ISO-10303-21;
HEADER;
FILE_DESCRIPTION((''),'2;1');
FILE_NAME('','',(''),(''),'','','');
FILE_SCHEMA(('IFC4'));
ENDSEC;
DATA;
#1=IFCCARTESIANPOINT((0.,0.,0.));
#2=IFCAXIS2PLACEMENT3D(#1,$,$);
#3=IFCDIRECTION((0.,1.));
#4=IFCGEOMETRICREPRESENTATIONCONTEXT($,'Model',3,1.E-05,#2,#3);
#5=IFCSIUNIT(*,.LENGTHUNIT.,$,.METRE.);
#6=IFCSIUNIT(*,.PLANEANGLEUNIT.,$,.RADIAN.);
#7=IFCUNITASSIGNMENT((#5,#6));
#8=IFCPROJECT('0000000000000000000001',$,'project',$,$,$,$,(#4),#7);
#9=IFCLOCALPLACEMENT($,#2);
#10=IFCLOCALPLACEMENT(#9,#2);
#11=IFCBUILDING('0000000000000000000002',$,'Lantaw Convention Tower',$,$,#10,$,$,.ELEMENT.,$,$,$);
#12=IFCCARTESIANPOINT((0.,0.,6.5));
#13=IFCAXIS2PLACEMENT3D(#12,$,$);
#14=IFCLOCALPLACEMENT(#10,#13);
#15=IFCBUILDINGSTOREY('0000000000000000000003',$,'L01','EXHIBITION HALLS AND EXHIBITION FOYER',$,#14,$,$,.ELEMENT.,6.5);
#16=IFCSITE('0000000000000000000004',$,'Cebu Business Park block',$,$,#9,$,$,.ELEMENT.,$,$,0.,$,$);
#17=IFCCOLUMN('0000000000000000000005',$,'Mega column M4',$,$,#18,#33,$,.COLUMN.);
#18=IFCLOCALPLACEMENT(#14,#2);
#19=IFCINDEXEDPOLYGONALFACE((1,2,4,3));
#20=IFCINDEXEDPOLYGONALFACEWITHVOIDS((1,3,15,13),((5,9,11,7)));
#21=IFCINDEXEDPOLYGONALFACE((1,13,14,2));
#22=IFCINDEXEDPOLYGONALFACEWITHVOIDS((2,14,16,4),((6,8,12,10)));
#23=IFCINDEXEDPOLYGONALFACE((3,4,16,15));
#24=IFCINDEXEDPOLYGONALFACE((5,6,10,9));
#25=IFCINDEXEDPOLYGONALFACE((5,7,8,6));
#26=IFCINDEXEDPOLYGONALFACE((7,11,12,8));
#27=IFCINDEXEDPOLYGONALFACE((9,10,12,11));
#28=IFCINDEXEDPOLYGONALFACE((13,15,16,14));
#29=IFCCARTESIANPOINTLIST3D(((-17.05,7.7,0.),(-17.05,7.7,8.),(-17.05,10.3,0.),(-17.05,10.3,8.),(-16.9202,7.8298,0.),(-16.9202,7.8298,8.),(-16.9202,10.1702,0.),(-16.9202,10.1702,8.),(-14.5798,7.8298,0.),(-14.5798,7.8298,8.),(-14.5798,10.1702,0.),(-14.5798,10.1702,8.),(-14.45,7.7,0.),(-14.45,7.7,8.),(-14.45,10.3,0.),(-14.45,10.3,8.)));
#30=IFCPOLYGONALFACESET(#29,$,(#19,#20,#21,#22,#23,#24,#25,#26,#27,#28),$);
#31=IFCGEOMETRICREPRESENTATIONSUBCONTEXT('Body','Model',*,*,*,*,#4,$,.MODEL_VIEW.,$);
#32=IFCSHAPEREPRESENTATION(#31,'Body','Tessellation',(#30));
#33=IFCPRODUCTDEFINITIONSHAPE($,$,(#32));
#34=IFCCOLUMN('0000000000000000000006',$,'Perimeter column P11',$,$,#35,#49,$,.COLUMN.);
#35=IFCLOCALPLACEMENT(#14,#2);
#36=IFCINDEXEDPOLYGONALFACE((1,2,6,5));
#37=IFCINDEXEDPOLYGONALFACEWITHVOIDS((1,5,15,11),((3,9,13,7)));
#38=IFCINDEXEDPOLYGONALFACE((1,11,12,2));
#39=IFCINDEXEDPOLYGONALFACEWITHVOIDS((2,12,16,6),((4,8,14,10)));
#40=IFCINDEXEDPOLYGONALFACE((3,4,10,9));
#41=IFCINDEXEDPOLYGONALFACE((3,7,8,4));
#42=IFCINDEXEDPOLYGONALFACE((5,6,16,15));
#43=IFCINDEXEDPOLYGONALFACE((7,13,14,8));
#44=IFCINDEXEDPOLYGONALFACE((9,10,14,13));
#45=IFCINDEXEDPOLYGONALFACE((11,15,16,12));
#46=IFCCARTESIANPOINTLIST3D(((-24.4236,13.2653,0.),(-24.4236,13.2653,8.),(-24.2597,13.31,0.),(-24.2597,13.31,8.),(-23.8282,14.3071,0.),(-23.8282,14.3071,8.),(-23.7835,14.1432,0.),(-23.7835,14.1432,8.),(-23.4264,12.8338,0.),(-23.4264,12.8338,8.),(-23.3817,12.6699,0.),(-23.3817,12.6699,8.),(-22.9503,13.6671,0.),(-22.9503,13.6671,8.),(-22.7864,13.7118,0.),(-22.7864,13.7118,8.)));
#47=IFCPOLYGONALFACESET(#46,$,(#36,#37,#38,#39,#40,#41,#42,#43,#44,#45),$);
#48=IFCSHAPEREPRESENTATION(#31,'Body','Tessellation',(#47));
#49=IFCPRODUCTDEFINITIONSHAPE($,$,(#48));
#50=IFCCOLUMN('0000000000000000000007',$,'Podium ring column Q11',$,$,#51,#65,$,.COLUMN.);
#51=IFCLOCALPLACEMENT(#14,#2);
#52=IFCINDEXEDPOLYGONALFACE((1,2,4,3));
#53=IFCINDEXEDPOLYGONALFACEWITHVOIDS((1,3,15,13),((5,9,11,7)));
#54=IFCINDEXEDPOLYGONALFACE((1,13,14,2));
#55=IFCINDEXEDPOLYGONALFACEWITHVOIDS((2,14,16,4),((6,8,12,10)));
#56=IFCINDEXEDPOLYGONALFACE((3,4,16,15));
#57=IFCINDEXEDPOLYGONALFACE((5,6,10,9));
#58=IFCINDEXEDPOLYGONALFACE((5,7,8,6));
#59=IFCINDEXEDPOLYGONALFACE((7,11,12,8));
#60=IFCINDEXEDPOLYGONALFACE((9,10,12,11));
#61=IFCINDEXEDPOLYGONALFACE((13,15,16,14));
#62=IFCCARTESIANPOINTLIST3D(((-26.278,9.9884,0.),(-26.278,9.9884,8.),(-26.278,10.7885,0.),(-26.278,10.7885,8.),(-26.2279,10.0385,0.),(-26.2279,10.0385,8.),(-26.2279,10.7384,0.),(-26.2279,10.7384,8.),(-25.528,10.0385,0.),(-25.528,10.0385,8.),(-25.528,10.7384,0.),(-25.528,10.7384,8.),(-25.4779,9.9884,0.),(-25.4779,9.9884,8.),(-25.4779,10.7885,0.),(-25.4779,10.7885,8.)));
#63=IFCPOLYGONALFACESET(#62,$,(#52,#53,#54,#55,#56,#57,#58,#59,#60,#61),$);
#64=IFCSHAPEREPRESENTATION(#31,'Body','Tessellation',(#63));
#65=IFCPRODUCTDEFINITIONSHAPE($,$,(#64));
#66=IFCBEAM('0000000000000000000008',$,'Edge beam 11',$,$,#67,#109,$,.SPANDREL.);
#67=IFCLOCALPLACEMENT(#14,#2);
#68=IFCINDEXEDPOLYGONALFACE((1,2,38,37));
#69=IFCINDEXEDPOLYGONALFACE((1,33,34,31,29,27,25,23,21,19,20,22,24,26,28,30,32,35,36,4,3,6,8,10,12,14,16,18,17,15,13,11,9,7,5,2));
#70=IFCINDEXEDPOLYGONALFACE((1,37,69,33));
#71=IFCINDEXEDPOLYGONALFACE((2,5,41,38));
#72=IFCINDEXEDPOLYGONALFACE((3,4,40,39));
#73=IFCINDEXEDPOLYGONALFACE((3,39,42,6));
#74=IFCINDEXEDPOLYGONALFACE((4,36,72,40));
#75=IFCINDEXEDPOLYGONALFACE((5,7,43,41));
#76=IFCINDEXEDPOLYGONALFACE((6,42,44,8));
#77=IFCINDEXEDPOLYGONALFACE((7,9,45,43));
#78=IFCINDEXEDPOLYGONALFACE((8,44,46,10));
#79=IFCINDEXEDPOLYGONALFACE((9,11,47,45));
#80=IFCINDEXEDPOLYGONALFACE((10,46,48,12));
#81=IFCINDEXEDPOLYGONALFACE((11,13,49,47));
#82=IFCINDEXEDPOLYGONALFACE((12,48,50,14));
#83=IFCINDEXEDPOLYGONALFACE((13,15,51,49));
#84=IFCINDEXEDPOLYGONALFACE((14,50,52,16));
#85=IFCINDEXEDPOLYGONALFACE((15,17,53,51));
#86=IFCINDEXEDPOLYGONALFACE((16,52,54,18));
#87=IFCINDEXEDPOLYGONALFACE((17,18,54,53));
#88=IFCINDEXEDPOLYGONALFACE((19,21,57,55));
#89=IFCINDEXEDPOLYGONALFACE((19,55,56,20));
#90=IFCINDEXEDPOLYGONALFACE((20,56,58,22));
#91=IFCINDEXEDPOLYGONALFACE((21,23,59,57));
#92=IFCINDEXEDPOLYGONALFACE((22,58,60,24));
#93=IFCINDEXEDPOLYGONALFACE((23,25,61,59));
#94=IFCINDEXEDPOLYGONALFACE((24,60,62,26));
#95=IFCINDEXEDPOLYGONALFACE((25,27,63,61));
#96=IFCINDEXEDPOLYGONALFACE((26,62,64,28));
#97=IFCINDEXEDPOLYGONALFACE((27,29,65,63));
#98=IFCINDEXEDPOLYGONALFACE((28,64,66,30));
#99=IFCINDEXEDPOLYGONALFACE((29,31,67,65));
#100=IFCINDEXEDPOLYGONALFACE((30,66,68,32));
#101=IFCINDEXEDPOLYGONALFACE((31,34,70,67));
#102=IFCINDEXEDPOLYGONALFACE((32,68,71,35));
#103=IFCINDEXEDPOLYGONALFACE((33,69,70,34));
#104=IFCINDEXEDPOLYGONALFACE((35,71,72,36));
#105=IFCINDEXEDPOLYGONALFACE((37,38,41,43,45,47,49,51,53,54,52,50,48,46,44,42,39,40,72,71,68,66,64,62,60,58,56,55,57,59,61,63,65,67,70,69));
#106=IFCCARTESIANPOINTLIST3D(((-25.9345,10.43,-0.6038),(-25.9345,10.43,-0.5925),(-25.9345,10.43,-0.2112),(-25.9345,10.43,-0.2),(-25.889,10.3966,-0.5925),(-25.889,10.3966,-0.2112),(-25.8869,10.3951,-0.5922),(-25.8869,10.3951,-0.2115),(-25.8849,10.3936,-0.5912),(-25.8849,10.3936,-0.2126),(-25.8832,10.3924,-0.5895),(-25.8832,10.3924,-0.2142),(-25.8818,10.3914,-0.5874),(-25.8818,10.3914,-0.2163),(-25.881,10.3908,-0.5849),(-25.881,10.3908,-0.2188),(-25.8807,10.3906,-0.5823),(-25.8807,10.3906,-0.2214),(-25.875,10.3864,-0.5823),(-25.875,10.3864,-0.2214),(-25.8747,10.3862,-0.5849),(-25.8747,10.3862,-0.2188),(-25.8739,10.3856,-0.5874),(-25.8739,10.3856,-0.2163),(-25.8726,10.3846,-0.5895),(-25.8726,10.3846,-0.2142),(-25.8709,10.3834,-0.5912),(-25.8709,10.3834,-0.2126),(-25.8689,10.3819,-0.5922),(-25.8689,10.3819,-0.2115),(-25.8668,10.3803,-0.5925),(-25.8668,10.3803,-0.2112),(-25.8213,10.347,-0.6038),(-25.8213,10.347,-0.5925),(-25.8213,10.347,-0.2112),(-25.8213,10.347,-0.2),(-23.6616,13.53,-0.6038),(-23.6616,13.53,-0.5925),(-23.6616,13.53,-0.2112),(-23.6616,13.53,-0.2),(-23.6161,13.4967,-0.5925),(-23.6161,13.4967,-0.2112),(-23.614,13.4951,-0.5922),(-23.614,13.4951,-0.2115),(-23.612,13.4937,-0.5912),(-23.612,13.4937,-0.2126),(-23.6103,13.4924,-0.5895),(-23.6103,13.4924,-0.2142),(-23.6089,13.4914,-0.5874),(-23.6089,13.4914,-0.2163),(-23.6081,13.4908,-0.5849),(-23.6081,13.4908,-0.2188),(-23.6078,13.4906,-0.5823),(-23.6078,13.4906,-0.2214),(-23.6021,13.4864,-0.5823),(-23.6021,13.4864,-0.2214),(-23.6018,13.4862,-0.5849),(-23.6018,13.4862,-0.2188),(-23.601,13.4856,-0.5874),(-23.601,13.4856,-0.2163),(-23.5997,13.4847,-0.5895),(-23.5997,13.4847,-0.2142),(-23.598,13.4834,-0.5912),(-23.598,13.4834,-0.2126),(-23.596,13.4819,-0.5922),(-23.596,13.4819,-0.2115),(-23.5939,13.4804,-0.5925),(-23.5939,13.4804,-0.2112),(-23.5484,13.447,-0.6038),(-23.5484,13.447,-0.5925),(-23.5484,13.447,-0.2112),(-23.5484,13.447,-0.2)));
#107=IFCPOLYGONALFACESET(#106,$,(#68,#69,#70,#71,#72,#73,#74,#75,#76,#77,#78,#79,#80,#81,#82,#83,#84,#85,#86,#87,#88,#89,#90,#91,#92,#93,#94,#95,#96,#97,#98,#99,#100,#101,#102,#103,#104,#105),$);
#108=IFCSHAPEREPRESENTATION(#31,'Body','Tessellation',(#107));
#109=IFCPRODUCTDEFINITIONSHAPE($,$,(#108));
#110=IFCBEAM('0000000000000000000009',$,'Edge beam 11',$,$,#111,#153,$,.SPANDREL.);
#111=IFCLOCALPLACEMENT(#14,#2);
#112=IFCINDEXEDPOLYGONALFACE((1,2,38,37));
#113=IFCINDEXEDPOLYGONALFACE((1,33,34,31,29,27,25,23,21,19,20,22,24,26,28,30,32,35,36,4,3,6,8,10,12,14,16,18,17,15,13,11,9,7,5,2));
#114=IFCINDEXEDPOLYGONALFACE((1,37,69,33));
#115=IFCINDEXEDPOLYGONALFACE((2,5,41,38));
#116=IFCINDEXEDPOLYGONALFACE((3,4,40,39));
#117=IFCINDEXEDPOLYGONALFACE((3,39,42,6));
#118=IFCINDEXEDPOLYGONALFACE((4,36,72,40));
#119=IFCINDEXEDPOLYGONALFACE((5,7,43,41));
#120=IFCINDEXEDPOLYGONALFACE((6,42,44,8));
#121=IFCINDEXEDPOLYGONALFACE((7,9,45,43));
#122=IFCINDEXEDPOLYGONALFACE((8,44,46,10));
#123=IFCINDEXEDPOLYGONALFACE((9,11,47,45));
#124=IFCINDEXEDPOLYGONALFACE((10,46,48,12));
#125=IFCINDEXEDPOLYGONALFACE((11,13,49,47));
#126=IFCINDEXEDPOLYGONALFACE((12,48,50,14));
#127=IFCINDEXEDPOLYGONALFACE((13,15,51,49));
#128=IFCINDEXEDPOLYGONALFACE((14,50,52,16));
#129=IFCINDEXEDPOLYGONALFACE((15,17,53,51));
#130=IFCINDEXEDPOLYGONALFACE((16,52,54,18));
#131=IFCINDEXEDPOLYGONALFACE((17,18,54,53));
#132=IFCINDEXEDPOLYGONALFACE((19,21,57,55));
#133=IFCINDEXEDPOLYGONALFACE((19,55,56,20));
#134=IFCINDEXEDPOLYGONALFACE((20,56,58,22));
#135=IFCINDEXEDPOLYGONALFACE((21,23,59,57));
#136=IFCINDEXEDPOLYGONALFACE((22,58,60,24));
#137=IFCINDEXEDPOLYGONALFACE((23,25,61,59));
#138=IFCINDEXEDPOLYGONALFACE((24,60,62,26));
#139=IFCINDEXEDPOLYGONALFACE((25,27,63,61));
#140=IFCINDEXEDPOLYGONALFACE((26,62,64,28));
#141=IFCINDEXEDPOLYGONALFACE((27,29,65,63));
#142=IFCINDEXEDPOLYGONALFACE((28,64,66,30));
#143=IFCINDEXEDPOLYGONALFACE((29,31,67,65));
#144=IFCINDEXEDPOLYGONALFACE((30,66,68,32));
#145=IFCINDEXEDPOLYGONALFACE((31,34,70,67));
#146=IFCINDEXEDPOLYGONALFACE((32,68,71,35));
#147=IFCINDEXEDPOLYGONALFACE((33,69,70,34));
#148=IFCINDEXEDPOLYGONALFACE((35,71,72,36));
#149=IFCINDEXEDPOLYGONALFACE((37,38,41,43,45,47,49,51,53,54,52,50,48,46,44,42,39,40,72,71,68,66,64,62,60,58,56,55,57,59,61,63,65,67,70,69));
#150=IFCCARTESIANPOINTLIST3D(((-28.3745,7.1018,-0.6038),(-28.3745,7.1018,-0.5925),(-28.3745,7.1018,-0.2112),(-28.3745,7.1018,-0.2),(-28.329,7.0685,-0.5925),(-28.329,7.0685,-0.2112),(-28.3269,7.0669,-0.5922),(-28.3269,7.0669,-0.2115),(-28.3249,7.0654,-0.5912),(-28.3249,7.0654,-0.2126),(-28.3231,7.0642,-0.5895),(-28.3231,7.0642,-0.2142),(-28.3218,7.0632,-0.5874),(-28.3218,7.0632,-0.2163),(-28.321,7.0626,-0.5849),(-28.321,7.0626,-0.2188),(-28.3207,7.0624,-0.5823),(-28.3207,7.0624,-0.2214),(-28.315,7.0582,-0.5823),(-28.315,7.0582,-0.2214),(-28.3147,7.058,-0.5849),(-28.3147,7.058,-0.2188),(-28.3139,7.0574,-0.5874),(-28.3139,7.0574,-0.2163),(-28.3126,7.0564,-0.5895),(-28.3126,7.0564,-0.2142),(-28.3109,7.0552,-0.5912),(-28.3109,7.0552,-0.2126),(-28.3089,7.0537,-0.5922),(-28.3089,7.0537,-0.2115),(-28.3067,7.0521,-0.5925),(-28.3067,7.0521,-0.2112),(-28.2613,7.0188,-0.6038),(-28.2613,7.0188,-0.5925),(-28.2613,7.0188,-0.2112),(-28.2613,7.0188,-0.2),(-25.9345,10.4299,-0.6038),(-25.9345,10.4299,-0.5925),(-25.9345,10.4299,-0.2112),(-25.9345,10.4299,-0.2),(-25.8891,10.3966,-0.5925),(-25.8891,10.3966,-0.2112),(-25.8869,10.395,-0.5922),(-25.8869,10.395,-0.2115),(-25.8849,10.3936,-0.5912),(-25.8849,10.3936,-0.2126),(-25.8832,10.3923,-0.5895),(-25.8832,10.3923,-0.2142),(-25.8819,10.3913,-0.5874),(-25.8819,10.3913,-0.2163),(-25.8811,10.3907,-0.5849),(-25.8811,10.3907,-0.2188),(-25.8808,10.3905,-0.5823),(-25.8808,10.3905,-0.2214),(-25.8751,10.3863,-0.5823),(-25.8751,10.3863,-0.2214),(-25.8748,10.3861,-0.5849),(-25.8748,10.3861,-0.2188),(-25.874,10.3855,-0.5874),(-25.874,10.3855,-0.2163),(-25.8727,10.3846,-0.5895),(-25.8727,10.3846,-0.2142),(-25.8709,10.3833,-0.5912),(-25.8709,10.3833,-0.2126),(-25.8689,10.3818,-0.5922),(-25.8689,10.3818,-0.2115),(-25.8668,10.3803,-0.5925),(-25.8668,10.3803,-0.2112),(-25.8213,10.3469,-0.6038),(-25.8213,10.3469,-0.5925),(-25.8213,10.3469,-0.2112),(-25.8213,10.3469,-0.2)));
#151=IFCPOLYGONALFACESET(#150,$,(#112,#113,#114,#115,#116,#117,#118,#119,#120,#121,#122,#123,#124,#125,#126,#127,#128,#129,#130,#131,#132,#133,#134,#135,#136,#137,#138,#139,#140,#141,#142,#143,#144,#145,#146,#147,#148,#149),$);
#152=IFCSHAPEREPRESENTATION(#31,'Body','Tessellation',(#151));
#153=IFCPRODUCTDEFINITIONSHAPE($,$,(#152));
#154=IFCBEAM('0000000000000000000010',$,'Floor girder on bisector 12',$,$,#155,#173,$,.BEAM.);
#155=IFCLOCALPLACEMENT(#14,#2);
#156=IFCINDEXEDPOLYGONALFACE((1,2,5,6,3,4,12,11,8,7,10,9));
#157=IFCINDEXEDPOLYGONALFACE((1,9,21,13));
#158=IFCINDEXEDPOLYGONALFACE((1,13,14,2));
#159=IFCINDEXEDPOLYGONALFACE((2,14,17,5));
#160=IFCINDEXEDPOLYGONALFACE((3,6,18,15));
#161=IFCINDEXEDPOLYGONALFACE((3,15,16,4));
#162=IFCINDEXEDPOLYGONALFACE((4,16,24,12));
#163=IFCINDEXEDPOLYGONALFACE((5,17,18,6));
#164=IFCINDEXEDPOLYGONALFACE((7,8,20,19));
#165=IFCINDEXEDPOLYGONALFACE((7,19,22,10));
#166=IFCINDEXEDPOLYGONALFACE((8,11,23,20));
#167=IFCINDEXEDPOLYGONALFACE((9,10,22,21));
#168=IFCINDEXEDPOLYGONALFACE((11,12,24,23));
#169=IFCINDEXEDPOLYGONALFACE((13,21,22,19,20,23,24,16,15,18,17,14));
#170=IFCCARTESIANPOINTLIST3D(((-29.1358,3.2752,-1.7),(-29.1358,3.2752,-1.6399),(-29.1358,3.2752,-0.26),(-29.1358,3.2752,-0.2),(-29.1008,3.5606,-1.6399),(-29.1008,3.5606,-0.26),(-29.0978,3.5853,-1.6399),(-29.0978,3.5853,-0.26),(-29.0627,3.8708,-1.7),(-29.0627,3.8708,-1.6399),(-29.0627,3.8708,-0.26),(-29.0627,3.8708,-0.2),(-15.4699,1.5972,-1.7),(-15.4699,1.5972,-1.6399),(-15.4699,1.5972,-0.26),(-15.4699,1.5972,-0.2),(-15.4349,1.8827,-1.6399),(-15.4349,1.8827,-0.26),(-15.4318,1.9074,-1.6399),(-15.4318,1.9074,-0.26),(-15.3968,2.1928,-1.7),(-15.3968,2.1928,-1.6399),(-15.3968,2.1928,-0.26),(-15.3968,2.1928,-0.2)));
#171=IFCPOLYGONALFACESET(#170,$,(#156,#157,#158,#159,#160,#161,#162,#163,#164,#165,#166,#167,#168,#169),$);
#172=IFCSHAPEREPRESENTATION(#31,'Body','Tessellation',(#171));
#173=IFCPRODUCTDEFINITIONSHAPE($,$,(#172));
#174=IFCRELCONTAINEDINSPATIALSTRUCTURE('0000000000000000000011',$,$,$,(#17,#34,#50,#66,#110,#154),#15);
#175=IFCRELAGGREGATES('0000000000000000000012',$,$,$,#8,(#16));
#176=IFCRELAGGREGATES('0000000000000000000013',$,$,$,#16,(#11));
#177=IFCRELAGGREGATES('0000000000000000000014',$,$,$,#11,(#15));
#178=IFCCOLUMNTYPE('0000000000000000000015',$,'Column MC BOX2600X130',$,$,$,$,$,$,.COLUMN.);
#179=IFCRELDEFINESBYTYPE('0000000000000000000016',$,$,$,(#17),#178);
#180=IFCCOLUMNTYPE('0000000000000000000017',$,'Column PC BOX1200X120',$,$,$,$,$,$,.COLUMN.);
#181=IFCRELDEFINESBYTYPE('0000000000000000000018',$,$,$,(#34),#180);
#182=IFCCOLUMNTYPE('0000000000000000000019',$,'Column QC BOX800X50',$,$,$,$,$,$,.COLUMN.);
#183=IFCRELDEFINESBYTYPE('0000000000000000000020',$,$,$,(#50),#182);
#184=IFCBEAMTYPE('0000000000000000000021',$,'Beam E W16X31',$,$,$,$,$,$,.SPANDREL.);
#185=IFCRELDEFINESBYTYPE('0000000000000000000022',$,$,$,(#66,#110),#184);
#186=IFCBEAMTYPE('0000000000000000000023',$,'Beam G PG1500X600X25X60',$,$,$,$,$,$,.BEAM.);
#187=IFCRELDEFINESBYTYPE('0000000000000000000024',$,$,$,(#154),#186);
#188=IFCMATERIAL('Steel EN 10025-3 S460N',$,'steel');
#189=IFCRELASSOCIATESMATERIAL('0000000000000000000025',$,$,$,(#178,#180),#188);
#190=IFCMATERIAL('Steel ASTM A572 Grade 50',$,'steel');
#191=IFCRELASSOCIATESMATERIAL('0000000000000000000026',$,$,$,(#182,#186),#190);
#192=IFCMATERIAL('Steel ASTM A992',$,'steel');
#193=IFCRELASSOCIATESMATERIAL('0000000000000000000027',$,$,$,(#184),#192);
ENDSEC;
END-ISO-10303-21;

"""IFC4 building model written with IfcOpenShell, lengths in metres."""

from ifc_helpers import new_model, si_unit, direction, frame, origin, origin_2d, place, context, subcontext, project, spatial, rectangle, hollow_rectangle, i_section, extrude, material, material_profile, profile_set, type_object, element, save


model = new_model("IFC4")

# Units and contexts
model_context = context("Model", 3, precision=1e-05, world=origin(), true_north=direction((0.0, 1.0)))
body_context = subcontext(model_context, "Body", "Model", "MODEL_VIEW")
ifc_project = project(units=[si_unit("LENGTHUNIT", "METRE"), si_unit("PLANEANGLEUNIT", "RADIAN")], contexts=[model_context])

# Site, building, storey
site_placement = place(None, origin())
site = spatial("IfcSite", under=ifc_project, at=site_placement, Name="Cebu Business Park block", CompositionType="ELEMENT", RefElevation=0.0)
building_placement = place(site_placement, origin())
building = spatial("IfcBuilding", under=site, at=building_placement, Name="Lantaw Convention Tower", CompositionType="ELEMENT")
storey_placement = place(building_placement, frame((0.0, 0.0, 6.5)))
storey = spatial("IfcBuildingStorey", under=building, at=storey_placement, Name="L01", Description="EXHIBITION HALLS AND EXHIBITION FOYER", CompositionType="ELEMENT", Elevation=6.5)

# Columns
ifc_material_1 = material(Name="Steel EN 10025-3 S460N", Category="steel")
ifc_material_profile_1 = material_profile(ifc_material_1, hollow_rectangle(XDim=2.6001, YDim=2.6001, WallThickness=0.1299, at=origin_2d()), Name="BOX2600X130")
ifc_material_2 = material(Name="Concrete C60/75", Category="concrete")
ifc_material_profile_2 = material_profile(ifc_material_2, rectangle(XDim=2.3401, YDim=2.3401, at=origin_2d()), Name="Concrete fill of BOX2600X130")
ifc_profile_set_1 = profile_set([ifc_material_profile_1, ifc_material_profile_2], Name="Steel EN 10025-3 S460N")
column_type_1 = type_object("IfcColumnType", Name="Column MC BOX2600X130", PredefinedType="COLUMN", material=ifc_profile_set_1)
column_1_placement = place(storey_placement, frame((-15.75, 9.0, 0.0), z_axis=(0.0, 0.0, 1.0), x_axis=(1.0, 0.0, 0.0)))
element("IfcColumn", 1, at=column_1_placement, inside=storey, type_object=column_type_1, Name="Mega column M4", PredefinedType="COLUMN", context=body_context, shape_type="SweptSolid", body=[
    extrude(hollow_rectangle(XDim=2.6001, YDim=2.6001, WallThickness=0.1299, at=origin_2d()), origin(), (0.0, 0.0, 1.0), 8.0),
])
ifc_material_profile_3 = material_profile(ifc_material_1, hollow_rectangle(XDim=1.2, YDim=1.2, WallThickness=0.1201, at=origin_2d()), Name="BOX1200X120")
ifc_material_profile_4 = material_profile(ifc_material_2, rectangle(XDim=0.96, YDim=0.96, at=origin_2d()), Name="Concrete fill of BOX1200X120")
ifc_profile_set_2 = profile_set([ifc_material_profile_3, ifc_material_profile_4], Name="Steel EN 10025-3 S460N")
column_type_2 = type_object("IfcColumnType", Name="Column PC BOX1200X120", PredefinedType="COLUMN", material=ifc_profile_set_2)
column_2_placement = place(storey_placement, frame((-23.605, 13.4885, 0.0), z_axis=(0.0, 0.0, 1.0), x_axis=(0.496139, 0.868243, 0.0)))
element("IfcColumn", 2, at=column_2_placement, inside=storey, type_object=column_type_2, Name="Perimeter column P11", PredefinedType="COLUMN", context=body_context, shape_type="SweptSolid", body=[
    extrude(hollow_rectangle(XDim=1.2, YDim=1.2, WallThickness=0.1201, at=origin_2d()), origin(), (0.0, 0.0, 1.0), 8.0),
])
ifc_material_3 = material(Name="Steel ASTM A572 Grade 50", Category="steel")
ifc_material_profile_5 = material_profile(ifc_material_3, hollow_rectangle(XDim=0.8, YDim=0.8, WallThickness=0.05, at=origin_2d()), Name="BOX800X50")
ifc_profile_set_3 = profile_set([ifc_material_profile_5], Name="Steel ASTM A572 Grade 50")
column_type_3 = type_object("IfcColumnType", Name="Column QC BOX800X50", PredefinedType="COLUMN", material=ifc_profile_set_3)
column_3_placement = place(storey_placement, frame((-25.8779, 10.3884, 0.0), z_axis=(0.0, 0.0, 1.0), x_axis=(1.0, 0.0, 0.0)))
element("IfcColumn", 3, at=column_3_placement, inside=storey, type_object=column_type_3, Name="Podium ring column Q11", PredefinedType="COLUMN", context=body_context, shape_type="SweptSolid", body=[
    extrude(hollow_rectangle(XDim=0.8, YDim=0.8, WallThickness=0.05, at=origin_2d()), origin(), (0.0, 0.0, 1.0), 8.0),
])

# Beams
ifc_material_4 = material(Name="Steel ASTM A992", Category="steel")
ifc_material_profile_6 = material_profile(ifc_material_4, i_section(OverallWidth=0.1404, OverallDepth=0.4038, WebThickness=0.0071, FlangeThickness=0.0112, FilletRadius=0.0103, at=origin_2d()), Name="W16X31")
ifc_profile_set_4 = profile_set([ifc_material_profile_6], Name="Steel ASTM A992")
beam_type_1 = type_object("IfcBeamType", Name="Beam E W16X31", PredefinedType="SPANDREL", material=ifc_profile_set_4)
beam_1_placement = place(storey_placement, frame((-23.605, 13.4885, -0.4019), z_axis=(-0.591287, -0.806462, 0.0), x_axis=(0.806462, -0.591287, 0.0)))
element("IfcBeam", 4, at=beam_1_placement, inside=storey, type_object=beam_type_1, Name="Edge beam 11", PredefinedType="SPANDREL", context=body_context, shape_type="SweptSolid", body=[
    extrude(i_section(OverallWidth=0.1404, OverallDepth=0.4038, WebThickness=0.0071, FlangeThickness=0.0112, FilletRadius=0.0103, at=origin_2d()), origin(), (0.0, 0.0, 1.0), 3.844),
])
beam_2_placement = place(storey_placement, frame((-25.8779, 10.3884, -0.4019), z_axis=(-0.591256, -0.806484, 0.0), x_axis=(0.806484, -0.591256, 0.0)))
element("IfcBeam", 5, at=beam_2_placement, inside=storey, type_object=beam_type_1, Name="Edge beam 11", PredefinedType="SPANDREL", context=body_context, shape_type="SweptSolid", body=[
    extrude(i_section(OverallWidth=0.1404, OverallDepth=0.4038, WebThickness=0.0071, FlangeThickness=0.0112, FilletRadius=0.0103, at=origin_2d()), origin(), (0.0, 0.0, 1.0), 4.1267),
])
ifc_material_profile_7 = material_profile(ifc_material_3, i_section(OverallWidth=0.6001, OverallDepth=1.5, WebThickness=0.0249, FlangeThickness=0.0601, at=origin_2d()), Name="PG1500X600X25X60")
ifc_profile_set_5 = profile_set([ifc_material_profile_7], Name="Steel ASTM A572 Grade 50")
beam_type_2 = type_object("IfcBeamType", Name="Beam G PG1500X600X25X60", PredefinedType="BEAM", material=ifc_profile_set_5)
beam_3_placement = place(storey_placement, frame((-15.4333, 1.895, -0.95), z_axis=(-0.992546, 0.12187, 0.0), x_axis=(-0.12187, -0.992546, 0.0)))
element("IfcBeam", 6, at=beam_3_placement, inside=storey, type_object=beam_type_2, Name="Floor girder on bisector 12", PredefinedType="BEAM", context=body_context, shape_type="SweptSolid", body=[
    extrude(i_section(OverallWidth=0.6001, OverallDepth=1.5, WebThickness=0.0249, FlangeThickness=0.0601, at=origin_2d()), origin(), (0.0, 0.0, 1.0), 13.7686),
])

save(model, "model.ifc")
